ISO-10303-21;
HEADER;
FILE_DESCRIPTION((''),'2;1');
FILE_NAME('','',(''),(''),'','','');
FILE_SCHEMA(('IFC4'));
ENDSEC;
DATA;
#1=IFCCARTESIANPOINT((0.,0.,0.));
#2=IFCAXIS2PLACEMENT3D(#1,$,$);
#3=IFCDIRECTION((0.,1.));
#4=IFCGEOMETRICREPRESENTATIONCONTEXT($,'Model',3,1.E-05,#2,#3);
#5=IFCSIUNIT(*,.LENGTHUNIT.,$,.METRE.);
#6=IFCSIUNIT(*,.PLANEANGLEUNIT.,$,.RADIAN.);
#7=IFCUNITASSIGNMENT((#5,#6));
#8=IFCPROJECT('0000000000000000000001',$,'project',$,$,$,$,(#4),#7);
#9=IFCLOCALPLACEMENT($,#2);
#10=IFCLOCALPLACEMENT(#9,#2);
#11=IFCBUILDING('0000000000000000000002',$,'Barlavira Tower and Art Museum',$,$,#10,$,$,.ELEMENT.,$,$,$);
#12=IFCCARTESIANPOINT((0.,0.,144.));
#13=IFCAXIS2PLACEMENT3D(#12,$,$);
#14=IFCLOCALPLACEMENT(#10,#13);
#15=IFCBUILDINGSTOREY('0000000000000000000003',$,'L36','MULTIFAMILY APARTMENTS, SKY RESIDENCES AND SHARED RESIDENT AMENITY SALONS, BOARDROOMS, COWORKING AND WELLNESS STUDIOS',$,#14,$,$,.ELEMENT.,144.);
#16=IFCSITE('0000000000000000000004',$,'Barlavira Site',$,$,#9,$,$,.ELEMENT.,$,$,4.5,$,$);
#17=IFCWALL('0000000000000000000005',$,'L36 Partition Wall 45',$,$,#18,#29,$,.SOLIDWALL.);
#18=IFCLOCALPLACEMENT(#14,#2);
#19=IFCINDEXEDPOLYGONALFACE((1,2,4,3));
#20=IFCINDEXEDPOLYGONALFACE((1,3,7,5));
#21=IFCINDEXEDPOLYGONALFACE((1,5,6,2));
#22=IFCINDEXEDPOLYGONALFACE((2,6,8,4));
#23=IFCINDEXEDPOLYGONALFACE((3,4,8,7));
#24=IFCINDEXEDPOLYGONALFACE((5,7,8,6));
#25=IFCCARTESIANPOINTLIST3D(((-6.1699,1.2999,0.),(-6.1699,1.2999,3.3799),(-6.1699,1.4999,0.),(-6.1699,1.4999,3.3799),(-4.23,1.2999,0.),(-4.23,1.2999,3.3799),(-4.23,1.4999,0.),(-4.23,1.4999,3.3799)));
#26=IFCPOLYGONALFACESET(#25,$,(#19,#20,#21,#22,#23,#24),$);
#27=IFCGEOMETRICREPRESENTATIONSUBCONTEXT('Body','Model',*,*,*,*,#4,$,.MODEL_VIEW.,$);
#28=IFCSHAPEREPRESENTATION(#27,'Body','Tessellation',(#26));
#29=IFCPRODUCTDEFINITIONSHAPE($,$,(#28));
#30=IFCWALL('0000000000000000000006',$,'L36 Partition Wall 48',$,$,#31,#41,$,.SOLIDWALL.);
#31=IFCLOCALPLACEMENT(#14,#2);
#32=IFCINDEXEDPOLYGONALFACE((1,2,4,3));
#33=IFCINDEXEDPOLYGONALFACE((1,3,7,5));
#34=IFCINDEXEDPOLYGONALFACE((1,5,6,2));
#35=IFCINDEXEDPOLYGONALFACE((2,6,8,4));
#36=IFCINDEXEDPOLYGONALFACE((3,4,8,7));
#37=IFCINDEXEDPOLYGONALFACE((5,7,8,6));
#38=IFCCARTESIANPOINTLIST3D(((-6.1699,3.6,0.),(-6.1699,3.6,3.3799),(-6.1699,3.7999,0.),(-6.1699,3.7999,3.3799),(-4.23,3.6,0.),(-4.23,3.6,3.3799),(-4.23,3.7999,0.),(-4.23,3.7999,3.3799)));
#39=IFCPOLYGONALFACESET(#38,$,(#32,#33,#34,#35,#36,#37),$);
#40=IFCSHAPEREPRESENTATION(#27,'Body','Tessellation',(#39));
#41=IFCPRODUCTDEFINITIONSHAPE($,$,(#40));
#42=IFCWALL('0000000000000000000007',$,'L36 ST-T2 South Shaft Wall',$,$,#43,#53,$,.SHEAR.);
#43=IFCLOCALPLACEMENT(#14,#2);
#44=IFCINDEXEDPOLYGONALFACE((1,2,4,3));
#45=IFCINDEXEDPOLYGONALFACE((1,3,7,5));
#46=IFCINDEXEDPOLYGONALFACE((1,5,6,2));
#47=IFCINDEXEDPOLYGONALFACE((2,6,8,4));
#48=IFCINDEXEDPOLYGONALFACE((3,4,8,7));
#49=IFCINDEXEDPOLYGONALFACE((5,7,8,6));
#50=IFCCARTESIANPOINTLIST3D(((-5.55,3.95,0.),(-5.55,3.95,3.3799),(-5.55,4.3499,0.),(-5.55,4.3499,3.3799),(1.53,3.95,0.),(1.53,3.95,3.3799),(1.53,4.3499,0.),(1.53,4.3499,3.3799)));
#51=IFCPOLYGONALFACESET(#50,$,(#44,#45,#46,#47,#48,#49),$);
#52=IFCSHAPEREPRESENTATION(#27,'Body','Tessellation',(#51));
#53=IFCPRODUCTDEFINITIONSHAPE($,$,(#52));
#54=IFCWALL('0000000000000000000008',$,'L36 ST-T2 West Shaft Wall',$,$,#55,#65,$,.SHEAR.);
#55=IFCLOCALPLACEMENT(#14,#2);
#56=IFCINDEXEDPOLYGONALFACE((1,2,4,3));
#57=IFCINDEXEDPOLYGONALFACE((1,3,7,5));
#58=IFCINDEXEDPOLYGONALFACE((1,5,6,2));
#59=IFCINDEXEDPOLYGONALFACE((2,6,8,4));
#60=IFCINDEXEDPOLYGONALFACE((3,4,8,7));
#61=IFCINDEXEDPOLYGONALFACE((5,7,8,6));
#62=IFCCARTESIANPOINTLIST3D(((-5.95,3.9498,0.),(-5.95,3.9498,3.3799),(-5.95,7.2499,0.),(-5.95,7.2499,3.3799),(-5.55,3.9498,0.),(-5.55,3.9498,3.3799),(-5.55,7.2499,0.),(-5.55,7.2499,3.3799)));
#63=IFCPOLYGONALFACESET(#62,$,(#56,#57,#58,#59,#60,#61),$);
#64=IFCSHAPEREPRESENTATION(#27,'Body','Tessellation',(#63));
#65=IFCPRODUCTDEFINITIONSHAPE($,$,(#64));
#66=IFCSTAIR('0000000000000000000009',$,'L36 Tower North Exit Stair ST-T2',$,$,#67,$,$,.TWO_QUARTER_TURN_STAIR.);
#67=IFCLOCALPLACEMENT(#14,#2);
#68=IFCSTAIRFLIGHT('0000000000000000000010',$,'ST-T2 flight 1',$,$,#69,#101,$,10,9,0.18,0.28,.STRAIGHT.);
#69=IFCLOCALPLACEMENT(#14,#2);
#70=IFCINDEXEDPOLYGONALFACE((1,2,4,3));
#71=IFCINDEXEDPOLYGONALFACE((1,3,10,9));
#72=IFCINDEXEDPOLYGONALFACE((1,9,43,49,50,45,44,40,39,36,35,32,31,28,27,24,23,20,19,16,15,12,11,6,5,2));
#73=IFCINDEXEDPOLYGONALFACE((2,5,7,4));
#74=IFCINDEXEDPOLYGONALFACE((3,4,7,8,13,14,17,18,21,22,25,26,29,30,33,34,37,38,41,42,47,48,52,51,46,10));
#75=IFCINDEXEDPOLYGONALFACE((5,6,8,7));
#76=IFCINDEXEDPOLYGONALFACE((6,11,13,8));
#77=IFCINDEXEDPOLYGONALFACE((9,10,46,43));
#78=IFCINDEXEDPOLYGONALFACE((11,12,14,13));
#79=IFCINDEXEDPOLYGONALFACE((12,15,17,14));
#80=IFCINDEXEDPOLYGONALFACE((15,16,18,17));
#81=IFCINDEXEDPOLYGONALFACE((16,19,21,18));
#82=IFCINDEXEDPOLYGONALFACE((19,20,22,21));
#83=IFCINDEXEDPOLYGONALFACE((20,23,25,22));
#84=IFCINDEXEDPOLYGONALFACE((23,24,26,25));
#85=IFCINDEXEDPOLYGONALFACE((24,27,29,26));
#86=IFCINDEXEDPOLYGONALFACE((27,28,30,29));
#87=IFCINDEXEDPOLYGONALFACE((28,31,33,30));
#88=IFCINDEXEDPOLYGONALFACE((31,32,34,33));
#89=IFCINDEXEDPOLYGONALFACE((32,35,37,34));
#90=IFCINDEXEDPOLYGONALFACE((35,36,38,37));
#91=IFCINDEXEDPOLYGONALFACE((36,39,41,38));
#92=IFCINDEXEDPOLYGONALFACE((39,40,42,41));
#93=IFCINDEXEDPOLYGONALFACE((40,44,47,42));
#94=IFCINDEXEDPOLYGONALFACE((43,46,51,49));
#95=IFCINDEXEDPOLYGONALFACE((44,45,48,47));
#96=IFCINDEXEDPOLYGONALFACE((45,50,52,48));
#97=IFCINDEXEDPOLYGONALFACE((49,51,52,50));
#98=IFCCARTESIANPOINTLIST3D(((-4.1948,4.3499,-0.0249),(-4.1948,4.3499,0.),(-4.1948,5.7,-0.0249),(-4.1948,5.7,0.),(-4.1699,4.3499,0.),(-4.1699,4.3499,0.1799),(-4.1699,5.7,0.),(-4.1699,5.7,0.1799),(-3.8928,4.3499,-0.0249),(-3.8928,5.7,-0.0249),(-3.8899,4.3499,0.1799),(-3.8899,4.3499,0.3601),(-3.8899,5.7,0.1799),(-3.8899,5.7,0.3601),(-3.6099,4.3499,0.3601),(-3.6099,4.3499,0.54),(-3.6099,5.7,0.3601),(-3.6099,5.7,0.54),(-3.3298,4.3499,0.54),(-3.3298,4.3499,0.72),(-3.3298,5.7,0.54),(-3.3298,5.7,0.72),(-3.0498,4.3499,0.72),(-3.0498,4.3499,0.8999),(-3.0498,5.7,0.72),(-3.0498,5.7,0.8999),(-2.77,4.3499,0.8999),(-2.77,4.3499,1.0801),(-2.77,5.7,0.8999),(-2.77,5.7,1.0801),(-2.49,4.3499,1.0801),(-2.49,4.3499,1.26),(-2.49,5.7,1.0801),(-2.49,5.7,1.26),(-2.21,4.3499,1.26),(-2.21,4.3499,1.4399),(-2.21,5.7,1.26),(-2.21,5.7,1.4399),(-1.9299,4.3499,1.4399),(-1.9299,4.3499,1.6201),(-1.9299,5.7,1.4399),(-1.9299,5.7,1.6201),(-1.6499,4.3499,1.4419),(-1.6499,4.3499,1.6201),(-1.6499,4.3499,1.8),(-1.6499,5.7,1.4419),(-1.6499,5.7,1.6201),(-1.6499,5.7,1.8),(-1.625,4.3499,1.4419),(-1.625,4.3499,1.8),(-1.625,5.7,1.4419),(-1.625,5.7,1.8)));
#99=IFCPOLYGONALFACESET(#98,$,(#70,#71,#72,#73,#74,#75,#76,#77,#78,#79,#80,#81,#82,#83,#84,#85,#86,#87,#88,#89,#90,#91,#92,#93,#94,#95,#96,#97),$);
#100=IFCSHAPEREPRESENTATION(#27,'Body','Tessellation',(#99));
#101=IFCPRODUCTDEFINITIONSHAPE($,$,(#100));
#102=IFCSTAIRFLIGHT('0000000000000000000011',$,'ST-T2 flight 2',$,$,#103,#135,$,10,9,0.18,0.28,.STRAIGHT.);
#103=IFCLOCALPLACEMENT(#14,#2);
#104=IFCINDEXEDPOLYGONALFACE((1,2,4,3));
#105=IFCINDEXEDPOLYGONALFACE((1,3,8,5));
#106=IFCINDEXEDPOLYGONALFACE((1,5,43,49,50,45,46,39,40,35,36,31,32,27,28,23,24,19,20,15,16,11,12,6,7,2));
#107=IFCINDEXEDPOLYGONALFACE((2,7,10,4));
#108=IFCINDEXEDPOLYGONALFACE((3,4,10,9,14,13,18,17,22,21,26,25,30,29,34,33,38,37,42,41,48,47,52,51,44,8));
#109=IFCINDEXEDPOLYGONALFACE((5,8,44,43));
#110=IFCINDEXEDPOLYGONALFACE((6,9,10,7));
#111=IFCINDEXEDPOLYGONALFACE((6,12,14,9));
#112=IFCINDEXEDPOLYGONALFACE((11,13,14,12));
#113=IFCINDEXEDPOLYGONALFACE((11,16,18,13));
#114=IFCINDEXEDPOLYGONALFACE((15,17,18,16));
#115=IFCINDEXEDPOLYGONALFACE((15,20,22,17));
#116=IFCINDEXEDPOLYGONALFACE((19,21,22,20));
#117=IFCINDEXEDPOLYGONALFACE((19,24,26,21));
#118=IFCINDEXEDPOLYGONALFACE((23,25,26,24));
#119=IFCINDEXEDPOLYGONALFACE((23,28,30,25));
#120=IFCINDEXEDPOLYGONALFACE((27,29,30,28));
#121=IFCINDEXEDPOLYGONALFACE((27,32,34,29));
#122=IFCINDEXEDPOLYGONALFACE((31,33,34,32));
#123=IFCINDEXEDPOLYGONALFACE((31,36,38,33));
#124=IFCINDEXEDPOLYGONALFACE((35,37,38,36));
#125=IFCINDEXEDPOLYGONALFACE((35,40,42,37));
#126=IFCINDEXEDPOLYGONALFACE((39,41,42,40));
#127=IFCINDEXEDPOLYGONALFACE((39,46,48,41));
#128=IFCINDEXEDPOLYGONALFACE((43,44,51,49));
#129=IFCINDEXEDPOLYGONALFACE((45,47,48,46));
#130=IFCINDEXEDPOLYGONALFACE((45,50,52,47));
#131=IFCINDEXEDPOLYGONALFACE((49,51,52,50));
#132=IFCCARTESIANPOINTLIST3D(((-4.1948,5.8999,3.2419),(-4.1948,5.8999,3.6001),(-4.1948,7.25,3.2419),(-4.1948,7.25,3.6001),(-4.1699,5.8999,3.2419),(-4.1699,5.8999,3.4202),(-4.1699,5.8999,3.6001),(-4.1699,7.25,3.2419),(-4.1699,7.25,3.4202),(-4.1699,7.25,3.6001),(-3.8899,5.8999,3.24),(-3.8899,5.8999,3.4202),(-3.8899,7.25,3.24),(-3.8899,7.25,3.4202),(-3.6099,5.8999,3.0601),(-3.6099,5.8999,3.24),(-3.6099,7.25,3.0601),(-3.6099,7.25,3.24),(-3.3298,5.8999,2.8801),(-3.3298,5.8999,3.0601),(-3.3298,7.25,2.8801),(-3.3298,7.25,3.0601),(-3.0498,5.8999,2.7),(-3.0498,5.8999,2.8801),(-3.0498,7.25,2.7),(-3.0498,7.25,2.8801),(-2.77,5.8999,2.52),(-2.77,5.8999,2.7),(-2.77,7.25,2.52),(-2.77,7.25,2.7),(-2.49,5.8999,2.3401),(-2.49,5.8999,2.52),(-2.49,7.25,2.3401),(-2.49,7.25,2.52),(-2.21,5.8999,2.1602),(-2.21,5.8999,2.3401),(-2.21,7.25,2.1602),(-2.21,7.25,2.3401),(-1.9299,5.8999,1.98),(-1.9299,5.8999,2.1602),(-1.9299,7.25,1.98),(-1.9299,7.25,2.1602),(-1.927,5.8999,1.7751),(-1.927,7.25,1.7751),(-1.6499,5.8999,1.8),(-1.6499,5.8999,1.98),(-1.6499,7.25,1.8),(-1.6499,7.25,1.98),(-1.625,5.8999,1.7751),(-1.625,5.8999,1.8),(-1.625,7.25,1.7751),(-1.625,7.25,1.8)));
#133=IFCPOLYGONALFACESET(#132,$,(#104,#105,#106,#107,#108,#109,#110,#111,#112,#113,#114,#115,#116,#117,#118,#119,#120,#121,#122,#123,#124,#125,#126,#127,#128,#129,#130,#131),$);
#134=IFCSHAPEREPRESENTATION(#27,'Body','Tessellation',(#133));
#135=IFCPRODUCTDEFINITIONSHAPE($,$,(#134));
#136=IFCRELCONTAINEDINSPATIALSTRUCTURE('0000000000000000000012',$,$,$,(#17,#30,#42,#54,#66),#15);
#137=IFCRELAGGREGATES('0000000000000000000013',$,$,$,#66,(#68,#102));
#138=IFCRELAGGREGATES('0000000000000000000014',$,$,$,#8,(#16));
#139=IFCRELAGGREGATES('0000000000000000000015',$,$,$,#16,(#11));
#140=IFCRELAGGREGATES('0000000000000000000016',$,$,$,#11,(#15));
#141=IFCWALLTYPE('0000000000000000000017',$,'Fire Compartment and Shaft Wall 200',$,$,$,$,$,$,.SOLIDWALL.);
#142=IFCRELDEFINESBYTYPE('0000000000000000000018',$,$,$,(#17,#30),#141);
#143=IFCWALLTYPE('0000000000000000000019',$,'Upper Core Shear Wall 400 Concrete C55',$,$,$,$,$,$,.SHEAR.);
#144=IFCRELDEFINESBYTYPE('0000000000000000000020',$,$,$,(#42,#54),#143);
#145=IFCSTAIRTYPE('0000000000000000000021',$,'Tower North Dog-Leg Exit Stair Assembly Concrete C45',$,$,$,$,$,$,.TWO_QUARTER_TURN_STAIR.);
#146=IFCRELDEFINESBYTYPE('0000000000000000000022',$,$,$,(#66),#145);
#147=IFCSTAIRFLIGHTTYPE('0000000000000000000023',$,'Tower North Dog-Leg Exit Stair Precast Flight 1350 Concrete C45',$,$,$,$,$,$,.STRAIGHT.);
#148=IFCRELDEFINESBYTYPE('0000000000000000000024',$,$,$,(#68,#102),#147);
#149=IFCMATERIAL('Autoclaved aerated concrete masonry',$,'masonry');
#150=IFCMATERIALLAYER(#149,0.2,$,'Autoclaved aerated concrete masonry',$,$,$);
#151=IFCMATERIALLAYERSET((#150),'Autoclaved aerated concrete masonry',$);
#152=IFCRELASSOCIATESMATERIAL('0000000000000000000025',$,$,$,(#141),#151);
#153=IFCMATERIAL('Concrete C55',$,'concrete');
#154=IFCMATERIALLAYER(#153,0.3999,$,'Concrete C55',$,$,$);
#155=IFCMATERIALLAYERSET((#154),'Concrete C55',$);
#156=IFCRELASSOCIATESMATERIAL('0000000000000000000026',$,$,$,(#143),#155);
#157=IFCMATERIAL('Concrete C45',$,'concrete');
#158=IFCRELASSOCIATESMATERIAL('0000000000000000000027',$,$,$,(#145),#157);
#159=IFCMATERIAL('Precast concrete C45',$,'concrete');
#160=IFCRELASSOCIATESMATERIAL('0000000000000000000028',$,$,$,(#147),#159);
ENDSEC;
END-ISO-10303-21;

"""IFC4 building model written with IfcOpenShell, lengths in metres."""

from ifc_helpers import new_model, si_unit, direction, frame, frame_2d, origin, place, context, subcontext, project, spatial, polyline, rectangle, outline, extrude, material, layer, layer_set, type_object, element, aggregate, save


model = new_model("IFC4")

# Units and contexts
model_context = context("Model", 3, precision=1e-05, world=origin(), true_north=direction((0.0, 1.0)))
body_context = subcontext(model_context, "Body", "Model", "MODEL_VIEW")
ifc_project = project(units=[si_unit("LENGTHUNIT", "METRE"), si_unit("PLANEANGLEUNIT", "RADIAN")], contexts=[model_context])

# Site, building, storey
site_placement = place(None, origin())
site = spatial("IfcSite", under=ifc_project, at=site_placement, Name="Barlavira Site", CompositionType="ELEMENT", RefElevation=4.5)
building_placement = place(site_placement, origin())
building = spatial("IfcBuilding", under=site, at=building_placement, Name="Barlavira Tower and Art Museum", CompositionType="ELEMENT")
storey_placement = place(building_placement, frame((0.0, 0.0, 144.0)))
storey = spatial("IfcBuildingStorey", under=building, at=storey_placement, Name="L36", Description="MULTIFAMILY APARTMENTS, SKY RESIDENCES AND SHARED RESIDENT AMENITY SALONS, BOARDROOMS, COWORKING AND WELLNESS STUDIOS", CompositionType="ELEMENT", Elevation=144.0)

# Shared definitions
ifc_material_1 = material(Name="Autoclaved aerated concrete masonry", Category="masonry")
ifc_layer_1 = layer(ifc_material_1, 0.2, Name="Autoclaved aerated concrete masonry")
ifc_layer_set_1 = layer_set([ifc_layer_1], Name="Autoclaved aerated concrete masonry")
wall_type_1 = type_object("IfcWallType", Name="Fire Compartment and Shaft Wall 200", PredefinedType="SOLIDWALL", material=ifc_layer_set_1)

# Walls
for number, where, z_axis, x_axis, name in (
    (1, (-6.1699, 1.3999, 0.0), (0.0, 0.0, 1.0), (1.0, 0.0, 0.0), "L36 Partition Wall 45"),
    (2, (-6.1699, 3.7, 0.0), (0.0, 0.0, 1.0), (1.0, 0.0, 0.0), "L36 Partition Wall 48"),
):
    element("IfcWall", number, at=place(storey_placement, frame(where, z_axis=z_axis, x_axis=x_axis)), inside=storey, type_object=wall_type_1, Name=name, PredefinedType="SOLIDWALL", context=body_context, shape_type="SweptSolid", body=[
        extrude(rectangle(XDim=1.9399, YDim=0.2, at=frame_2d((0.97, 0.0))), origin(), (0.0, 0.0, 1.0), 3.3799),
    ])

# Walls
ifc_material_2 = material(Name="Concrete C55", Category="concrete")
ifc_layer_2 = layer(ifc_material_2, 0.3999, Name="Concrete C55")
ifc_layer_set_2 = layer_set([ifc_layer_2], Name="Concrete C55")
wall_type_2 = type_object("IfcWallType", Name="Upper Core Shear Wall 400 Concrete C55", PredefinedType="SHEAR", material=ifc_layer_set_2)
wall_1_placement = place(storey_placement, frame((-5.55, 4.1499, 0.0), z_axis=(0.0, 0.0, 1.0), x_axis=(1.0, 0.0, 0.0)))
element("IfcWall", 3, at=wall_1_placement, inside=storey, type_object=wall_type_2, Name="L36 ST-T2 South Shaft Wall", PredefinedType="SHEAR", context=body_context, shape_type="SweptSolid", body=[
    extrude(rectangle(XDim=7.0801, YDim=0.3999, at=frame_2d((3.54, 0.0))), origin(), (0.0, 0.0, 1.0), 3.3799),
])
wall_2_placement = place(storey_placement, frame((-5.75, 3.95, 0.0), z_axis=(0.0, 0.0, 1.0), x_axis=(0.0, 1.0, 0.0)))
element("IfcWall", 4, at=wall_2_placement, inside=storey, type_object=wall_type_2, Name="L36 ST-T2 West Shaft Wall", PredefinedType="SHEAR", context=body_context, shape_type="SweptSolid", body=[
    extrude(rectangle(XDim=3.3, YDim=0.3999, at=frame_2d((1.6499, 0.0))), origin(), (0.0, 0.0, 1.0), 3.3799),
])

# Stair, stair flights
ifc_material_3 = material(Name="Concrete C45", Category="concrete")
stair_type = type_object("IfcStairType", Name="Tower North Dog-Leg Exit Stair Assembly Concrete C45", PredefinedType="TWO_QUARTER_TURN_STAIR", material=ifc_material_3)
stair_placement = place(storey_placement, origin())
stair = element("IfcStair", 5, at=stair_placement, inside=storey, type_object=stair_type, Name="L36 Tower North Exit Stair ST-T2", PredefinedType="TWO_QUARTER_TURN_STAIR")
ifc_material_4 = material(Name="Precast concrete C45", Category="concrete")
stair_flight_type = type_object("IfcStairFlightType", Name="Tower North Dog-Leg Exit Stair Precast Flight 1350 Concrete C45", PredefinedType="STRAIGHT", material=ifc_material_4)
stair_flight_1_placement = place(storey_placement, frame((-4.1699, 5.0249, 0.0), z_axis=(0.0, 0.0, 1.0), x_axis=(1.0, 0.0, 0.0)))
stair_flight_1 = element("IfcStairFlight", 6, at=stair_flight_1_placement, type_object=stair_flight_type, Name="ST-T2 flight 1", NumberOfRisers=10, NumberOfTreads=9, PredefinedType="STRAIGHT", RiserHeight=0.18, TreadLength=0.28, context=body_context, shape_type="SweptSolid", body=[
    extrude(outline(polyline([(-0.0249, 0.0), (0.0, 0.0), (0.0, 0.1799), (0.28, 0.1799), (0.28, 0.3601), (0.5601, 0.3601), (0.5601, 0.54), (0.8401, 0.54), (0.8401, 0.72), (1.1201, 0.72), (1.1201, 0.8999), (1.3999, 0.8999), (1.3999, 1.0801), (1.6799, 1.0801), (1.6799, 1.26), (1.96, 1.26), (1.96, 1.4399), (2.24, 1.4399), (2.24, 1.6201), (2.52, 1.6201), (2.52, 1.8), (2.5449, 1.8), (2.5449, 1.4419), (2.52, 1.4419), (0.2771, -0.0249), (-0.0249, -0.0249), (-0.0249, 0.0)])), frame((0.0, 0.675, 0.0), z_axis=(0.0, -1.0, 0.0), x_axis=(1.0, 0.0, 0.0)), (0.0, 0.0, 1.0), 1.3501),
])
stair_flight_2_placement = place(storey_placement, frame((-1.6499, 6.575, 1.8), z_axis=(0.0, 0.0, 1.0), x_axis=(-1.0, 0.0, 0.0)))
stair_flight_2 = element("IfcStairFlight", 7, at=stair_flight_2_placement, type_object=stair_flight_type, Name="ST-T2 flight 2", NumberOfRisers=10, NumberOfTreads=9, PredefinedType="STRAIGHT", RiserHeight=0.18, TreadLength=0.28, context=body_context, shape_type="SweptSolid", body=[
    extrude(outline(polyline([(-0.0249, 0.0), (0.0, 0.0), (0.0, 0.1799), (0.28, 0.1799), (0.28, 0.3601), (0.5601, 0.3601), (0.5601, 0.54), (0.8401, 0.54), (0.8401, 0.72), (1.1201, 0.72), (1.1201, 0.8999), (1.3999, 0.8999), (1.3999, 1.0801), (1.6799, 1.0801), (1.6799, 1.26), (1.96, 1.26), (1.96, 1.4399), (2.24, 1.4399), (2.24, 1.6201), (2.52, 1.6201), (2.52, 1.8), (2.5449, 1.8), (2.5449, 1.4419), (2.52, 1.4419), (0.2771, -0.0249), (-0.0249, -0.0249), (-0.0249, 0.0)])), frame((0.0, 0.675, 0.0), z_axis=(0.0, -1.0, 0.0), x_axis=(1.0, 0.0, 0.0)), (0.0, 0.0, 1.0), 1.3501),
])
aggregate(stair, [stair_flight_1, stair_flight_2])

save(model, "model.ifc")
